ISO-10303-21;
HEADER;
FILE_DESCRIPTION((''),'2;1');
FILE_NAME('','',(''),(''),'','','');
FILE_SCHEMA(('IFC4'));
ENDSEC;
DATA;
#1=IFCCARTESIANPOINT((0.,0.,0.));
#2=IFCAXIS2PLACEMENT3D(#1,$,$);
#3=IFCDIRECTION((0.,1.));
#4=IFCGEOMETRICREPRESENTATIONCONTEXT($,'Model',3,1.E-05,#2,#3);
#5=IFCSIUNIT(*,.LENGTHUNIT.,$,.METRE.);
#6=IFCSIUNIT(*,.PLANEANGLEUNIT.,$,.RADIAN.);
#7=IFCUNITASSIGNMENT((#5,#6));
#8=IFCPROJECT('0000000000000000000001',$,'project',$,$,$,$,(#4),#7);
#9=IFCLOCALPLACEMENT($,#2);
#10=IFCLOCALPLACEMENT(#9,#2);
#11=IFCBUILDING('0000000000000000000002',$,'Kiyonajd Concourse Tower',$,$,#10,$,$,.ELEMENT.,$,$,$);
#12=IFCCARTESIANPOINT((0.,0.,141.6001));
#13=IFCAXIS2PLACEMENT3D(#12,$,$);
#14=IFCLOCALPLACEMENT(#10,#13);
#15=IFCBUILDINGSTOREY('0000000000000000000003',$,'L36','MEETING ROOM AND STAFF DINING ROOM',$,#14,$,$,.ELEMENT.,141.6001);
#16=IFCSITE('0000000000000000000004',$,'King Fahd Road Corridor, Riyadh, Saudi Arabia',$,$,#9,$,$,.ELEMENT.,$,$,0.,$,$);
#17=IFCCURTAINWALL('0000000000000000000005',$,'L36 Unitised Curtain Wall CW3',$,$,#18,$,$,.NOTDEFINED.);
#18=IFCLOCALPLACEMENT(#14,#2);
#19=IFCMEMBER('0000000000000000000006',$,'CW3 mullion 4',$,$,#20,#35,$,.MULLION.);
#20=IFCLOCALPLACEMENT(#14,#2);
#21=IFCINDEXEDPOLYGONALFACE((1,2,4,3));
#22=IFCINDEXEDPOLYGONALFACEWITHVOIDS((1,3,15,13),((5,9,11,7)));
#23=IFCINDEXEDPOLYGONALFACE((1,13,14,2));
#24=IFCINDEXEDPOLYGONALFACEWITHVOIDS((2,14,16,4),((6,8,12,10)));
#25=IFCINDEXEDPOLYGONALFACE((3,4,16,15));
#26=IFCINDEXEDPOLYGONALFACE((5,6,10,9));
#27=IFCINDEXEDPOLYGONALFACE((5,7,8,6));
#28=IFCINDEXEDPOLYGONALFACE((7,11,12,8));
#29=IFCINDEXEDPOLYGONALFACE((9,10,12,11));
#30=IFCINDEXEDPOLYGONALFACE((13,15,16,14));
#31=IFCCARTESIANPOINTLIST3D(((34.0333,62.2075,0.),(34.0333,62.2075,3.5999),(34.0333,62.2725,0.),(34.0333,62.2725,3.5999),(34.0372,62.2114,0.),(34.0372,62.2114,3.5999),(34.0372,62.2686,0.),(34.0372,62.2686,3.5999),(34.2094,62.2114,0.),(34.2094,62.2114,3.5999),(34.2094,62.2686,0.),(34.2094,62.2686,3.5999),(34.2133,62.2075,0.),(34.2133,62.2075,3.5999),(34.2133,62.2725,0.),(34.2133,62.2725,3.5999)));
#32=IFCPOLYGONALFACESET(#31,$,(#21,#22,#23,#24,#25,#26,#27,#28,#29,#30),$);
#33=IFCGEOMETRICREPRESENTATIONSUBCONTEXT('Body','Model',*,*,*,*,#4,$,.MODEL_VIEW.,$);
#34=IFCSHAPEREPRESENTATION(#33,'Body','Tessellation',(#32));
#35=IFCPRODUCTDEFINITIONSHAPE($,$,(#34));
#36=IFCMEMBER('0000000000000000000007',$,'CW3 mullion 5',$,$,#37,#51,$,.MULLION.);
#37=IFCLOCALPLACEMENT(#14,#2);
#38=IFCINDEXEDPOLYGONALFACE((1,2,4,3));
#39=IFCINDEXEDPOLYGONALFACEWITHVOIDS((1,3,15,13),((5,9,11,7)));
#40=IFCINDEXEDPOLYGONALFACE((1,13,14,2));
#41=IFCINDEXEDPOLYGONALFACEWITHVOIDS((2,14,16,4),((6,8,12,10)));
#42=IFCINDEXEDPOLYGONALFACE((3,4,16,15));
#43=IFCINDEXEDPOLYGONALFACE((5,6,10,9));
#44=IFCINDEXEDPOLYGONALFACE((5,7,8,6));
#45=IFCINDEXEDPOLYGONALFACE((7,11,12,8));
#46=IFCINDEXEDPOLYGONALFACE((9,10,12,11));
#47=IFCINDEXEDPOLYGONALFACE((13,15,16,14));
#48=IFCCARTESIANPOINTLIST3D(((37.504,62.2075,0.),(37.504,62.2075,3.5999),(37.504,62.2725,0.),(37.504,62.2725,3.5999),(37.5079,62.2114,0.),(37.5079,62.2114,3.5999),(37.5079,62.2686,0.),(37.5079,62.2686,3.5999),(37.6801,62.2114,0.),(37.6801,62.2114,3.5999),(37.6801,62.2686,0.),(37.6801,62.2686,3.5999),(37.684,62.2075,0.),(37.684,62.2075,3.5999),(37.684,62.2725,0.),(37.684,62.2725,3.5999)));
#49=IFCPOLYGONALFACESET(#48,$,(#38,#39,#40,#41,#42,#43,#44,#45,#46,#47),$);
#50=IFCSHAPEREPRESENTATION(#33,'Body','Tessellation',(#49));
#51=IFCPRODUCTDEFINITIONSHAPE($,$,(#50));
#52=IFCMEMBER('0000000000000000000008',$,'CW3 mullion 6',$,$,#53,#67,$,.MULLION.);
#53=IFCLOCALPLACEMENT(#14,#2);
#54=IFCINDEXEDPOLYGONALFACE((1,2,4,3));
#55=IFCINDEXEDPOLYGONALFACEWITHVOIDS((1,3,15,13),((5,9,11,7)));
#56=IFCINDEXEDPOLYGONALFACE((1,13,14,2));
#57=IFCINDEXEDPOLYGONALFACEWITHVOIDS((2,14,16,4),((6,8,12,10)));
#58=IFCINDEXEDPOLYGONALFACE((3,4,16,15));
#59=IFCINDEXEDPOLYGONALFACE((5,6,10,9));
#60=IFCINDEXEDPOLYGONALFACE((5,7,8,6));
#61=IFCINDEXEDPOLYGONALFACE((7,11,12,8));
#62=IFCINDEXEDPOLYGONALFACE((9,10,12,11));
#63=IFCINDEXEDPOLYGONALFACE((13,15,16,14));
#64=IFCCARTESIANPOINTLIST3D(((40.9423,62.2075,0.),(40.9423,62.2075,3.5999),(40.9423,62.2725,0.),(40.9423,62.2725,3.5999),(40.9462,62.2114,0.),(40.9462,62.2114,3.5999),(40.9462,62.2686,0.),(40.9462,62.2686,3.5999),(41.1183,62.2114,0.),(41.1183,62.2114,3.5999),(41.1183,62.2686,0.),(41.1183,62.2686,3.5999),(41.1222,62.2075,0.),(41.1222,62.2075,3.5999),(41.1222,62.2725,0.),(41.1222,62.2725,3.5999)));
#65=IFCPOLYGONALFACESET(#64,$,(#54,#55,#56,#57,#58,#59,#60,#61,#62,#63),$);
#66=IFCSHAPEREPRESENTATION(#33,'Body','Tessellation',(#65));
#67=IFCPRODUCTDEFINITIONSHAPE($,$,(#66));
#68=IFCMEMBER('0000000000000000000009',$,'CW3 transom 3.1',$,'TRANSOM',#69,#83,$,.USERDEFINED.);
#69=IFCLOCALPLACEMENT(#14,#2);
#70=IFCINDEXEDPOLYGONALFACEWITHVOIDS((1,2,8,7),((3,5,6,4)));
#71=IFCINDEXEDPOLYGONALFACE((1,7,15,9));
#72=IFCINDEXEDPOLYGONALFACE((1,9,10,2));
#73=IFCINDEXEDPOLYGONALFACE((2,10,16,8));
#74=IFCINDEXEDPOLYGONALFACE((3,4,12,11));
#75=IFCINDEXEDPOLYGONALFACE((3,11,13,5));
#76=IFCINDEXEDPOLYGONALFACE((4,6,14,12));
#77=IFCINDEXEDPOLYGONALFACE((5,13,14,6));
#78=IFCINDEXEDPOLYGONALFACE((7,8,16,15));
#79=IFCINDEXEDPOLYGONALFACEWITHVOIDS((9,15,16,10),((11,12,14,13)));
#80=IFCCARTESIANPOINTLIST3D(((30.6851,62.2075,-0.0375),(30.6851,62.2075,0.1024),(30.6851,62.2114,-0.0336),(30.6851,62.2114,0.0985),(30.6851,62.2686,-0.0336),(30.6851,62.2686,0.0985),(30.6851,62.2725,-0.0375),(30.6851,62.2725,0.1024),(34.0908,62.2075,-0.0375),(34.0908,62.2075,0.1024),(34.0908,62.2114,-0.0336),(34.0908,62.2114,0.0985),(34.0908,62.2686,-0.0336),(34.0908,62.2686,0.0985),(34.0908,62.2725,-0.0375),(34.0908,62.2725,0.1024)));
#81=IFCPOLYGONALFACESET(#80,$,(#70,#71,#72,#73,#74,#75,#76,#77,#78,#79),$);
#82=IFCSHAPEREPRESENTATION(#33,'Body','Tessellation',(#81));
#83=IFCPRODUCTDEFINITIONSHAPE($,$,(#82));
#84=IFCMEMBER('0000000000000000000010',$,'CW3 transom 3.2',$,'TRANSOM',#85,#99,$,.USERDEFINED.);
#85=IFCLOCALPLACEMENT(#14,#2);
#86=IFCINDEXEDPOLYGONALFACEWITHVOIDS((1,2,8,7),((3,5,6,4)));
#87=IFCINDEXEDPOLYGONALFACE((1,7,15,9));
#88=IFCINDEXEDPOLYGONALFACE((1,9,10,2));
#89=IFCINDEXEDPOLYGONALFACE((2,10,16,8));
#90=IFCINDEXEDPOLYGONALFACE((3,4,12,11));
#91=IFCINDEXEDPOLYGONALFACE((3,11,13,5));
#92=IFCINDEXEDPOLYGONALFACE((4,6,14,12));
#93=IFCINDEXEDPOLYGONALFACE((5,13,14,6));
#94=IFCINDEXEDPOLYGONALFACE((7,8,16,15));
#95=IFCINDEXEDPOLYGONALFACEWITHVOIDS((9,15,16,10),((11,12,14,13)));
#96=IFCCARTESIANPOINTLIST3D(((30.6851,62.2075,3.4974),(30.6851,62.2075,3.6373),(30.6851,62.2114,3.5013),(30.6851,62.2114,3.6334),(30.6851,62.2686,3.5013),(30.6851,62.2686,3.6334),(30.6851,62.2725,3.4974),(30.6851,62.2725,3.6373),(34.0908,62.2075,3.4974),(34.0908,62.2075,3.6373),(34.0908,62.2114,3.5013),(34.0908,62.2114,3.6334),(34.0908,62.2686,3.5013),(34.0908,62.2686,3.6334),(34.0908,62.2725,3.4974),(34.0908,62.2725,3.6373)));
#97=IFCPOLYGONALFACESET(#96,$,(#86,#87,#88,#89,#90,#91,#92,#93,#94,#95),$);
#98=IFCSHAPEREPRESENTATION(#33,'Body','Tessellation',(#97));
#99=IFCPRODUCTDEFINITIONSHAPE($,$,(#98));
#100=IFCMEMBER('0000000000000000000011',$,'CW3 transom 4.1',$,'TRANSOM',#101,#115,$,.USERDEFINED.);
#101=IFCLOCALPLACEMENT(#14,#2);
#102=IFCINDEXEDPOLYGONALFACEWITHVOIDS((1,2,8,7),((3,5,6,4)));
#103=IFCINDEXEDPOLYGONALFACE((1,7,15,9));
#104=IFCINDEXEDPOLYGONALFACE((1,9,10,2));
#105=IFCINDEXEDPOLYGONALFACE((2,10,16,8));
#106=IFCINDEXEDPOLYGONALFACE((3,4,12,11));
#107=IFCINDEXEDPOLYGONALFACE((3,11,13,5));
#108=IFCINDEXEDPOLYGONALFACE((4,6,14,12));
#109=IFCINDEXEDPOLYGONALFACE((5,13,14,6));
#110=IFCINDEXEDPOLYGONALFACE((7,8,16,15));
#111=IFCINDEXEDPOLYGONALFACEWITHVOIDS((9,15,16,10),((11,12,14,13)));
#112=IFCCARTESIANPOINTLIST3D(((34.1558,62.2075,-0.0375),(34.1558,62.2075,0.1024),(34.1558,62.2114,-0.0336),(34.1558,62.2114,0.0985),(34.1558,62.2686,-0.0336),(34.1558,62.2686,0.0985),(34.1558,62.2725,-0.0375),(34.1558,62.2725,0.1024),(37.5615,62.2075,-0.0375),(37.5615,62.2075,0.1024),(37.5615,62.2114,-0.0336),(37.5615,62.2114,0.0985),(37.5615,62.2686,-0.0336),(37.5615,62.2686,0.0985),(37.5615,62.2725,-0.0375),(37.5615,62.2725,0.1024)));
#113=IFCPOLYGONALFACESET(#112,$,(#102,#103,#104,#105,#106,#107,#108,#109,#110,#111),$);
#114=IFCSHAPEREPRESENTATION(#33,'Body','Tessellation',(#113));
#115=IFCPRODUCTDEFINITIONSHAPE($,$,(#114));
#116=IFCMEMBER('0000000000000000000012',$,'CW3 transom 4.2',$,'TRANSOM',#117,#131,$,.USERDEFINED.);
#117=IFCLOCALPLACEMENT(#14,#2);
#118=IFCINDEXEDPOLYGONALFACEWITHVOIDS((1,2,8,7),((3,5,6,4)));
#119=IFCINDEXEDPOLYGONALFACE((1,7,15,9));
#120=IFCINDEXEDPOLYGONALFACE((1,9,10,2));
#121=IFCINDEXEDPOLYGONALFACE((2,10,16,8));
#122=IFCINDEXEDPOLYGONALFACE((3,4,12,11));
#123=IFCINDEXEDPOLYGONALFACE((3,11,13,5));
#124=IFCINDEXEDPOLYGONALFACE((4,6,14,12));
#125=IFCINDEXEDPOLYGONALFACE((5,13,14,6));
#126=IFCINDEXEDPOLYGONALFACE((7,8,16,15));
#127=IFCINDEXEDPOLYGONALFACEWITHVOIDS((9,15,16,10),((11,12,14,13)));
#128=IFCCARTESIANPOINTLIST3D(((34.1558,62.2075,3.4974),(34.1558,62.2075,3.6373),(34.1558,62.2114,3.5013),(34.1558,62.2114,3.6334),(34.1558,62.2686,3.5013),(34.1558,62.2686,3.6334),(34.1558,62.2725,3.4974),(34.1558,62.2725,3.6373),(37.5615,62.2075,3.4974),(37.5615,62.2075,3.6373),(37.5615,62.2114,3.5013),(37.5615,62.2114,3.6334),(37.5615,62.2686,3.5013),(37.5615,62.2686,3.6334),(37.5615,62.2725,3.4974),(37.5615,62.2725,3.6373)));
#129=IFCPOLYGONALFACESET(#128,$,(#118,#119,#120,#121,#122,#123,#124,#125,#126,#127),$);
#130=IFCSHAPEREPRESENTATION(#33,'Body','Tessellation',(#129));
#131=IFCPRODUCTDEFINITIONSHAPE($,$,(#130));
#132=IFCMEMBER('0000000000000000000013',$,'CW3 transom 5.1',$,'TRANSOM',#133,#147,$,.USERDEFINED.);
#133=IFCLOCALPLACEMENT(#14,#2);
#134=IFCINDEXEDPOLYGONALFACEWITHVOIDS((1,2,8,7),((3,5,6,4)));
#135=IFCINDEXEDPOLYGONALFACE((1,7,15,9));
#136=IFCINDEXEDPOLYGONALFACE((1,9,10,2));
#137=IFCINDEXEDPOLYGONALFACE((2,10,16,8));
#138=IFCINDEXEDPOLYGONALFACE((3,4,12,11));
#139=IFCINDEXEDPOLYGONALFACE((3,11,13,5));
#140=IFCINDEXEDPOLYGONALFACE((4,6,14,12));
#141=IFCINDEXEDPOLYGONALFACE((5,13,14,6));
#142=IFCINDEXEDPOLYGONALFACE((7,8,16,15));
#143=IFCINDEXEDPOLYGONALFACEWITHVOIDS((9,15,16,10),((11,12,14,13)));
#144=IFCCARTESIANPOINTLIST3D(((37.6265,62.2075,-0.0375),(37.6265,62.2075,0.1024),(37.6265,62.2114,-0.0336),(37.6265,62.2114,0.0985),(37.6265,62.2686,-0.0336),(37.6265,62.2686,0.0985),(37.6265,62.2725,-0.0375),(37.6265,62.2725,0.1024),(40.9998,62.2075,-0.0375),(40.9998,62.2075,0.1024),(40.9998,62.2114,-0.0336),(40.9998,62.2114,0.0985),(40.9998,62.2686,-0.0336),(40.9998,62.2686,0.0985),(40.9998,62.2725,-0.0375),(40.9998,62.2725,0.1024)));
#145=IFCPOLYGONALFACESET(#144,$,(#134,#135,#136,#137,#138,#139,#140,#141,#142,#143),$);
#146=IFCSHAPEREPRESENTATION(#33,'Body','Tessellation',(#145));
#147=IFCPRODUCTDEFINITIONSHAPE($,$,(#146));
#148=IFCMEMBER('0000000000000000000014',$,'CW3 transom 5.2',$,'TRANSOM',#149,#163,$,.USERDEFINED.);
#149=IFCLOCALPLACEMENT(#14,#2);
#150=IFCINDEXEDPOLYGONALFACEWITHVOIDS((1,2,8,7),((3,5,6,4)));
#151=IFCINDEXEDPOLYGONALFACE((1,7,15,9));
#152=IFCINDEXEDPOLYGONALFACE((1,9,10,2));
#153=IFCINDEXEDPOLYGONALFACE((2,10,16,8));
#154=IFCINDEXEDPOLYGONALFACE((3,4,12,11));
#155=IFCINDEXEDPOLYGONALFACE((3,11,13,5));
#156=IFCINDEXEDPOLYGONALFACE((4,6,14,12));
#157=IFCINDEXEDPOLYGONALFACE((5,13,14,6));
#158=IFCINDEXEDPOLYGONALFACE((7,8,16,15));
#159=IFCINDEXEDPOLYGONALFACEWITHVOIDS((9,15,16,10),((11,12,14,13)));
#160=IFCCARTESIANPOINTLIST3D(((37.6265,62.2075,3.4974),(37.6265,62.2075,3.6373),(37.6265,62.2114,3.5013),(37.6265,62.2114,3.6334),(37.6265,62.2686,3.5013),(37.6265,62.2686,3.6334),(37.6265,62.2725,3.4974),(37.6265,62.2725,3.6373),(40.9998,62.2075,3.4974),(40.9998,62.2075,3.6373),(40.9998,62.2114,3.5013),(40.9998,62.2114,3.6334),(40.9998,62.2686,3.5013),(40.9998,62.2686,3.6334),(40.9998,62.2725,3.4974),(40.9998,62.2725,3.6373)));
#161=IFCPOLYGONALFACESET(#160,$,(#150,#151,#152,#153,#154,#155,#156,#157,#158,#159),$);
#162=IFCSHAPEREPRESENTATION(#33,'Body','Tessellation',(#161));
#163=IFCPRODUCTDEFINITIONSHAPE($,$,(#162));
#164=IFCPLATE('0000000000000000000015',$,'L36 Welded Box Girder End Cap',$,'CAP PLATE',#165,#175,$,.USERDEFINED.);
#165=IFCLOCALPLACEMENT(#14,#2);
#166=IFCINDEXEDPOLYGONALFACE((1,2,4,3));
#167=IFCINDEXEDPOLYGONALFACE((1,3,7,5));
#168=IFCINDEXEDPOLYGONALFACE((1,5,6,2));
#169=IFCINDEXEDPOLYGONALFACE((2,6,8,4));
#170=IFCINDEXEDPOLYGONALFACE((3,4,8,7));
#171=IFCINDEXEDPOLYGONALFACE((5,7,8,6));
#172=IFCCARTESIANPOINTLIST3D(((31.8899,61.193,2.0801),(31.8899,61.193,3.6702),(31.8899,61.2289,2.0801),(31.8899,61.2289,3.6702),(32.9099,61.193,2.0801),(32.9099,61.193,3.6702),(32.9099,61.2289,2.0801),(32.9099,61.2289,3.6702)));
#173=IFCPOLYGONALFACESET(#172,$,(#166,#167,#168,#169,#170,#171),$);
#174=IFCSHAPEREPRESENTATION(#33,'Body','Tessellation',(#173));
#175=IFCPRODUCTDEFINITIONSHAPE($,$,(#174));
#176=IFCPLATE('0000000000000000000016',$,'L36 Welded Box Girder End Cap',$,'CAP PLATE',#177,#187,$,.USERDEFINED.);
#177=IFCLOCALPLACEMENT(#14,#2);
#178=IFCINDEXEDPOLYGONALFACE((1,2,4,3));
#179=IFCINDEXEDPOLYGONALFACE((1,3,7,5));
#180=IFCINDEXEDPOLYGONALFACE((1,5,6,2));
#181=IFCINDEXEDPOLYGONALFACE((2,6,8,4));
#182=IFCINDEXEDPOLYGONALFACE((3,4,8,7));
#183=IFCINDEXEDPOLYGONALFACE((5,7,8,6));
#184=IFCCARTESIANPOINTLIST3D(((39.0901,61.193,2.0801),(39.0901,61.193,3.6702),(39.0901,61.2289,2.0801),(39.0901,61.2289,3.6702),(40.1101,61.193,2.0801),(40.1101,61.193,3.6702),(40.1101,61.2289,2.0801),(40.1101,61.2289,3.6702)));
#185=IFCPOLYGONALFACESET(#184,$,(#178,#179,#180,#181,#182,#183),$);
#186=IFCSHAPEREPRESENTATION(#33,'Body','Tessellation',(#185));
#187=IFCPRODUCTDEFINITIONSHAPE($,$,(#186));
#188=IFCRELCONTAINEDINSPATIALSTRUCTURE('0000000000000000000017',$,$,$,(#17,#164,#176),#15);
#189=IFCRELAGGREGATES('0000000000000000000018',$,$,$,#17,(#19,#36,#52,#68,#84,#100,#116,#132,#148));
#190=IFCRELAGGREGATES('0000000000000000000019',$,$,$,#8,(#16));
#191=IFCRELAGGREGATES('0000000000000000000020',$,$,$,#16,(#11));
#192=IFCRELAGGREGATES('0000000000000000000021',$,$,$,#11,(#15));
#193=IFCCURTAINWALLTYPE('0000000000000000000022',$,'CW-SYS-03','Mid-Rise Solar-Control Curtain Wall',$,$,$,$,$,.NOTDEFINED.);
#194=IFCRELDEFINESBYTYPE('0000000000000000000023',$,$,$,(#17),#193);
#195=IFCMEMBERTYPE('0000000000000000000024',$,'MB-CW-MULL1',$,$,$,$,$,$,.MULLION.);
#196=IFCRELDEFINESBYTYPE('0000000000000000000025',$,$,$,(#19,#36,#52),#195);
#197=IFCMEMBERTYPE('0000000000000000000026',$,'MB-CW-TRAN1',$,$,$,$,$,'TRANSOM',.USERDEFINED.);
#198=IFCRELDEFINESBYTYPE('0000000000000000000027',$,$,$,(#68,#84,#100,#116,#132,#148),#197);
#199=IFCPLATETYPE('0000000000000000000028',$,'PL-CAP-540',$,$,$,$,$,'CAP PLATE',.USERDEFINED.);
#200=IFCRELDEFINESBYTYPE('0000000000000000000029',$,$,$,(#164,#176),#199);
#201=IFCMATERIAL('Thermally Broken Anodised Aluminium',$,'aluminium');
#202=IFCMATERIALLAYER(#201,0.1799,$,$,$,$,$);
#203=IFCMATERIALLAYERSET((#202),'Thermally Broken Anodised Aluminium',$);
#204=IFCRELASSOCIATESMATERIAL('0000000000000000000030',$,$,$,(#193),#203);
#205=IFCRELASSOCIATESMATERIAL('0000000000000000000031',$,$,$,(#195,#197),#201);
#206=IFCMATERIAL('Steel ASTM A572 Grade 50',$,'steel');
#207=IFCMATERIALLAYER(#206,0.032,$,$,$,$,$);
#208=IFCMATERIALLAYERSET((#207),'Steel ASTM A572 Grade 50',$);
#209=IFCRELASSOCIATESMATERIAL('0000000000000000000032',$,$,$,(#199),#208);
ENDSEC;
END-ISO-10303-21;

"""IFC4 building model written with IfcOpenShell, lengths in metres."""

from ifc_helpers import new_model, si_unit, direction, frame, origin, origin_2d, place, context, subcontext, project, spatial, rectangle, hollow_rectangle, extrude, material, layer, layer_set, material_profile, profile_set, type_object, element, aggregate, save


model = new_model("IFC4")

# Units and contexts
model_context = context("Model", 3, precision=1e-05, world=origin(), true_north=direction((0.0, 1.0)))
body_context = subcontext(model_context, "Body", "Model", "MODEL_VIEW")
ifc_project = project(units=[si_unit("LENGTHUNIT", "METRE"), si_unit("PLANEANGLEUNIT", "RADIAN")], contexts=[model_context])

# Site, building, storey
site_placement = place(None, origin())
site = spatial("IfcSite", under=ifc_project, at=site_placement, Name="King Fahd Road Corridor, Riyadh, Saudi Arabia", CompositionType="ELEMENT", RefElevation=0.0)
building_placement = place(site_placement, origin())
building = spatial("IfcBuilding", under=site, at=building_placement, Name="Kiyonajd Concourse Tower", CompositionType="ELEMENT")
storey_placement = place(building_placement, frame((0.0, 0.0, 141.6001)))
storey = spatial("IfcBuildingStorey", under=building, at=storey_placement, Name="L36", Description="MEETING ROOM AND STAFF DINING ROOM", CompositionType="ELEMENT", Elevation=141.6001)

# Curtain wall, members
ifc_material_1 = material(Name="Thermally Broken Anodised Aluminium", Category="aluminium")
ifc_layer_1 = layer(ifc_material_1, 0.1799)
ifc_layer_set_1 = layer_set([ifc_layer_1], Name="Thermally Broken Anodised Aluminium")
curtain_wall_type = type_object("IfcCurtainWallType", Name="CW-SYS-03", Description="Mid-Rise Solar-Control Curtain Wall", PredefinedType="NOTDEFINED", material=ifc_layer_set_1)
curtain_wall_placement = place(storey_placement, origin())
curtain_wall = element("IfcCurtainWall", 1, at=curtain_wall_placement, inside=storey, type_object=curtain_wall_type, Name="L36 Unitised Curtain Wall CW3", PredefinedType="NOTDEFINED")
ifc_material_profile_1 = material_profile(ifc_material_1, hollow_rectangle(XDim=0.0649, YDim=0.1799, WallThickness=0.0039, at=origin_2d()), Name="MULL-65x180")
ifc_profile_set_1 = profile_set([ifc_material_profile_1], Name="Thermally Broken Anodised Aluminium")
member_type_1 = type_object("IfcMemberType", Name="MB-CW-MULL1", PredefinedType="MULLION", material=ifc_profile_set_1)
member_1_placement = place(storey_placement, frame((34.1233, 62.24, 0.0), z_axis=(0.0, 0.0, 1.0), x_axis=(0.0, 1.0, 0.0)))
member_1 = element("IfcMember", 2, at=member_1_placement, type_object=member_type_1, Name="CW3 mullion 4", PredefinedType="MULLION", context=body_context, shape_type="SweptSolid", body=[
    extrude(hollow_rectangle(XDim=0.0649, YDim=0.1799, WallThickness=0.0039, at=origin_2d()), origin(), (0.0, 0.0, 1.0), 3.5999),
])
member_2_placement = place(storey_placement, frame((37.594, 62.24, 0.0), z_axis=(0.0, 0.0, 1.0), x_axis=(0.0, 1.0, 0.0)))
member_2 = element("IfcMember", 3, at=member_2_placement, type_object=member_type_1, Name="CW3 mullion 5", PredefinedType="MULLION", context=body_context, shape_type="SweptSolid", body=[
    extrude(hollow_rectangle(XDim=0.0649, YDim=0.1799, WallThickness=0.0039, at=origin_2d()), origin(), (0.0, 0.0, 1.0), 3.5999),
])
member_3_placement = place(storey_placement, frame((41.0322, 62.24, 0.0), z_axis=(0.0, 0.0, 1.0), x_axis=(0.0, 1.0, 0.0)))
member_3 = element("IfcMember", 4, at=member_3_placement, type_object=member_type_1, Name="CW3 mullion 6", PredefinedType="MULLION", context=body_context, shape_type="SweptSolid", body=[
    extrude(hollow_rectangle(XDim=0.0649, YDim=0.1799, WallThickness=0.0039, at=origin_2d()), origin(), (0.0, 0.0, 1.0), 3.5999),
])
ifc_material_profile_2 = material_profile(ifc_material_1, hollow_rectangle(XDim=0.0649, YDim=0.1399, WallThickness=0.0039, at=origin_2d()), Name="TRAN-65x140")
ifc_profile_set_2 = profile_set([ifc_material_profile_2], Name="Thermally Broken Anodised Aluminium")
member_type_2 = type_object("IfcMemberType", Name="MB-CW-TRAN1", ElementType="TRANSOM", PredefinedType="USERDEFINED", material=ifc_profile_set_2)
member_4_placement = place(storey_placement, frame((30.6851, 62.24, 0.0325), z_axis=(1.0, 0.0, 0.0), x_axis=(0.0, 1.0, 0.0)))
member_4 = element("IfcMember", 5, at=member_4_placement, type_object=member_type_2, Name="CW3 transom 3.1", ObjectType="TRANSOM", PredefinedType="USERDEFINED", context=body_context, shape_type="SweptSolid", body=[
    extrude(hollow_rectangle(XDim=0.0649, YDim=0.1399, WallThickness=0.0039, at=origin_2d()), origin(), (0.0, 0.0, 1.0), 3.4058),
])
member_5_placement = place(storey_placement, frame((30.6851, 62.24, 3.5674), z_axis=(1.0, 0.0, 0.0), x_axis=(0.0, 1.0, 0.0)))
member_5 = element("IfcMember", 6, at=member_5_placement, type_object=member_type_2, Name="CW3 transom 3.2", ObjectType="TRANSOM", PredefinedType="USERDEFINED", context=body_context, shape_type="SweptSolid", body=[
    extrude(hollow_rectangle(XDim=0.0649, YDim=0.1399, WallThickness=0.0039, at=origin_2d()), origin(), (0.0, 0.0, 1.0), 3.4058),
])
member_6_placement = place(storey_placement, frame((34.1558, 62.24, 0.0325), z_axis=(1.0, 0.0, 0.0), x_axis=(0.0, 1.0, 0.0)))
member_6 = element("IfcMember", 7, at=member_6_placement, type_object=member_type_2, Name="CW3 transom 4.1", ObjectType="TRANSOM", PredefinedType="USERDEFINED", context=body_context, shape_type="SweptSolid", body=[
    extrude(hollow_rectangle(XDim=0.0649, YDim=0.1399, WallThickness=0.0039, at=origin_2d()), origin(), (0.0, 0.0, 1.0), 3.4058),
])
member_7_placement = place(storey_placement, frame((34.1558, 62.24, 3.5674), z_axis=(1.0, 0.0, 0.0), x_axis=(0.0, 1.0, 0.0)))
member_7 = element("IfcMember", 8, at=member_7_placement, type_object=member_type_2, Name="CW3 transom 4.2", ObjectType="TRANSOM", PredefinedType="USERDEFINED", context=body_context, shape_type="SweptSolid", body=[
    extrude(hollow_rectangle(XDim=0.0649, YDim=0.1399, WallThickness=0.0039, at=origin_2d()), origin(), (0.0, 0.0, 1.0), 3.4058),
])
member_8_placement = place(storey_placement, frame((37.6265, 62.24, 0.0325), z_axis=(1.0, 0.0, 0.0), x_axis=(0.0, 1.0, 0.0)))
member_8 = element("IfcMember", 9, at=member_8_placement, type_object=member_type_2, Name="CW3 transom 5.1", ObjectType="TRANSOM", PredefinedType="USERDEFINED", context=body_context, shape_type="SweptSolid", body=[
    extrude(hollow_rectangle(XDim=0.0649, YDim=0.1399, WallThickness=0.0039, at=origin_2d()), origin(), (0.0, 0.0, 1.0), 3.3733),
])
member_9_placement = place(storey_placement, frame((37.6265, 62.24, 3.5674), z_axis=(1.0, 0.0, 0.0), x_axis=(0.0, 1.0, 0.0)))
member_9 = element("IfcMember", 10, at=member_9_placement, type_object=member_type_2, Name="CW3 transom 5.2", ObjectType="TRANSOM", PredefinedType="USERDEFINED", context=body_context, shape_type="SweptSolid", body=[
    extrude(hollow_rectangle(XDim=0.0649, YDim=0.1399, WallThickness=0.0039, at=origin_2d()), origin(), (0.0, 0.0, 1.0), 3.3733),
])

# Plates
ifc_material_2 = material(Name="Steel ASTM A572 Grade 50", Category="steel")
ifc_layer_2 = layer(ifc_material_2, 0.032)
ifc_layer_set_2 = layer_set([ifc_layer_2], Name="Steel ASTM A572 Grade 50")
plate_type_1 = type_object("IfcPlateType", Name="PL-CAP-540", ElementType="CAP PLATE", PredefinedType="USERDEFINED", material=ifc_layer_set_2)
for number, where, z_axis, x_axis, name in (
    (11, (32.3999, 61.2109, 2.0801), (0.0, 0.0, 1.0), (0.0, 1.0, 0.0), "L36 Welded Box Girder End Cap"),
    (12, (39.6001, 61.2109, 2.0801), (0.0, 0.0, 1.0), (0.0, 1.0, 0.0), "L36 Welded Box Girder End Cap"),
):
    element("IfcPlate", number, at=place(storey_placement, frame(where, z_axis=z_axis, x_axis=x_axis)), inside=storey, type_object=plate_type_1, Name=name, ObjectType="CAP PLATE", PredefinedType="USERDEFINED", context=body_context, shape_type="SweptSolid", body=[
        extrude(rectangle(XDim=0.0359, YDim=1.02, at=origin_2d()), origin(), (0.0, 0.0, 1.0), 1.5901),
    ])

aggregate(curtain_wall, [member_1, member_2, member_3, member_4, member_5, member_6, member_7, member_8, member_9])

save(model, "model.ifc")
